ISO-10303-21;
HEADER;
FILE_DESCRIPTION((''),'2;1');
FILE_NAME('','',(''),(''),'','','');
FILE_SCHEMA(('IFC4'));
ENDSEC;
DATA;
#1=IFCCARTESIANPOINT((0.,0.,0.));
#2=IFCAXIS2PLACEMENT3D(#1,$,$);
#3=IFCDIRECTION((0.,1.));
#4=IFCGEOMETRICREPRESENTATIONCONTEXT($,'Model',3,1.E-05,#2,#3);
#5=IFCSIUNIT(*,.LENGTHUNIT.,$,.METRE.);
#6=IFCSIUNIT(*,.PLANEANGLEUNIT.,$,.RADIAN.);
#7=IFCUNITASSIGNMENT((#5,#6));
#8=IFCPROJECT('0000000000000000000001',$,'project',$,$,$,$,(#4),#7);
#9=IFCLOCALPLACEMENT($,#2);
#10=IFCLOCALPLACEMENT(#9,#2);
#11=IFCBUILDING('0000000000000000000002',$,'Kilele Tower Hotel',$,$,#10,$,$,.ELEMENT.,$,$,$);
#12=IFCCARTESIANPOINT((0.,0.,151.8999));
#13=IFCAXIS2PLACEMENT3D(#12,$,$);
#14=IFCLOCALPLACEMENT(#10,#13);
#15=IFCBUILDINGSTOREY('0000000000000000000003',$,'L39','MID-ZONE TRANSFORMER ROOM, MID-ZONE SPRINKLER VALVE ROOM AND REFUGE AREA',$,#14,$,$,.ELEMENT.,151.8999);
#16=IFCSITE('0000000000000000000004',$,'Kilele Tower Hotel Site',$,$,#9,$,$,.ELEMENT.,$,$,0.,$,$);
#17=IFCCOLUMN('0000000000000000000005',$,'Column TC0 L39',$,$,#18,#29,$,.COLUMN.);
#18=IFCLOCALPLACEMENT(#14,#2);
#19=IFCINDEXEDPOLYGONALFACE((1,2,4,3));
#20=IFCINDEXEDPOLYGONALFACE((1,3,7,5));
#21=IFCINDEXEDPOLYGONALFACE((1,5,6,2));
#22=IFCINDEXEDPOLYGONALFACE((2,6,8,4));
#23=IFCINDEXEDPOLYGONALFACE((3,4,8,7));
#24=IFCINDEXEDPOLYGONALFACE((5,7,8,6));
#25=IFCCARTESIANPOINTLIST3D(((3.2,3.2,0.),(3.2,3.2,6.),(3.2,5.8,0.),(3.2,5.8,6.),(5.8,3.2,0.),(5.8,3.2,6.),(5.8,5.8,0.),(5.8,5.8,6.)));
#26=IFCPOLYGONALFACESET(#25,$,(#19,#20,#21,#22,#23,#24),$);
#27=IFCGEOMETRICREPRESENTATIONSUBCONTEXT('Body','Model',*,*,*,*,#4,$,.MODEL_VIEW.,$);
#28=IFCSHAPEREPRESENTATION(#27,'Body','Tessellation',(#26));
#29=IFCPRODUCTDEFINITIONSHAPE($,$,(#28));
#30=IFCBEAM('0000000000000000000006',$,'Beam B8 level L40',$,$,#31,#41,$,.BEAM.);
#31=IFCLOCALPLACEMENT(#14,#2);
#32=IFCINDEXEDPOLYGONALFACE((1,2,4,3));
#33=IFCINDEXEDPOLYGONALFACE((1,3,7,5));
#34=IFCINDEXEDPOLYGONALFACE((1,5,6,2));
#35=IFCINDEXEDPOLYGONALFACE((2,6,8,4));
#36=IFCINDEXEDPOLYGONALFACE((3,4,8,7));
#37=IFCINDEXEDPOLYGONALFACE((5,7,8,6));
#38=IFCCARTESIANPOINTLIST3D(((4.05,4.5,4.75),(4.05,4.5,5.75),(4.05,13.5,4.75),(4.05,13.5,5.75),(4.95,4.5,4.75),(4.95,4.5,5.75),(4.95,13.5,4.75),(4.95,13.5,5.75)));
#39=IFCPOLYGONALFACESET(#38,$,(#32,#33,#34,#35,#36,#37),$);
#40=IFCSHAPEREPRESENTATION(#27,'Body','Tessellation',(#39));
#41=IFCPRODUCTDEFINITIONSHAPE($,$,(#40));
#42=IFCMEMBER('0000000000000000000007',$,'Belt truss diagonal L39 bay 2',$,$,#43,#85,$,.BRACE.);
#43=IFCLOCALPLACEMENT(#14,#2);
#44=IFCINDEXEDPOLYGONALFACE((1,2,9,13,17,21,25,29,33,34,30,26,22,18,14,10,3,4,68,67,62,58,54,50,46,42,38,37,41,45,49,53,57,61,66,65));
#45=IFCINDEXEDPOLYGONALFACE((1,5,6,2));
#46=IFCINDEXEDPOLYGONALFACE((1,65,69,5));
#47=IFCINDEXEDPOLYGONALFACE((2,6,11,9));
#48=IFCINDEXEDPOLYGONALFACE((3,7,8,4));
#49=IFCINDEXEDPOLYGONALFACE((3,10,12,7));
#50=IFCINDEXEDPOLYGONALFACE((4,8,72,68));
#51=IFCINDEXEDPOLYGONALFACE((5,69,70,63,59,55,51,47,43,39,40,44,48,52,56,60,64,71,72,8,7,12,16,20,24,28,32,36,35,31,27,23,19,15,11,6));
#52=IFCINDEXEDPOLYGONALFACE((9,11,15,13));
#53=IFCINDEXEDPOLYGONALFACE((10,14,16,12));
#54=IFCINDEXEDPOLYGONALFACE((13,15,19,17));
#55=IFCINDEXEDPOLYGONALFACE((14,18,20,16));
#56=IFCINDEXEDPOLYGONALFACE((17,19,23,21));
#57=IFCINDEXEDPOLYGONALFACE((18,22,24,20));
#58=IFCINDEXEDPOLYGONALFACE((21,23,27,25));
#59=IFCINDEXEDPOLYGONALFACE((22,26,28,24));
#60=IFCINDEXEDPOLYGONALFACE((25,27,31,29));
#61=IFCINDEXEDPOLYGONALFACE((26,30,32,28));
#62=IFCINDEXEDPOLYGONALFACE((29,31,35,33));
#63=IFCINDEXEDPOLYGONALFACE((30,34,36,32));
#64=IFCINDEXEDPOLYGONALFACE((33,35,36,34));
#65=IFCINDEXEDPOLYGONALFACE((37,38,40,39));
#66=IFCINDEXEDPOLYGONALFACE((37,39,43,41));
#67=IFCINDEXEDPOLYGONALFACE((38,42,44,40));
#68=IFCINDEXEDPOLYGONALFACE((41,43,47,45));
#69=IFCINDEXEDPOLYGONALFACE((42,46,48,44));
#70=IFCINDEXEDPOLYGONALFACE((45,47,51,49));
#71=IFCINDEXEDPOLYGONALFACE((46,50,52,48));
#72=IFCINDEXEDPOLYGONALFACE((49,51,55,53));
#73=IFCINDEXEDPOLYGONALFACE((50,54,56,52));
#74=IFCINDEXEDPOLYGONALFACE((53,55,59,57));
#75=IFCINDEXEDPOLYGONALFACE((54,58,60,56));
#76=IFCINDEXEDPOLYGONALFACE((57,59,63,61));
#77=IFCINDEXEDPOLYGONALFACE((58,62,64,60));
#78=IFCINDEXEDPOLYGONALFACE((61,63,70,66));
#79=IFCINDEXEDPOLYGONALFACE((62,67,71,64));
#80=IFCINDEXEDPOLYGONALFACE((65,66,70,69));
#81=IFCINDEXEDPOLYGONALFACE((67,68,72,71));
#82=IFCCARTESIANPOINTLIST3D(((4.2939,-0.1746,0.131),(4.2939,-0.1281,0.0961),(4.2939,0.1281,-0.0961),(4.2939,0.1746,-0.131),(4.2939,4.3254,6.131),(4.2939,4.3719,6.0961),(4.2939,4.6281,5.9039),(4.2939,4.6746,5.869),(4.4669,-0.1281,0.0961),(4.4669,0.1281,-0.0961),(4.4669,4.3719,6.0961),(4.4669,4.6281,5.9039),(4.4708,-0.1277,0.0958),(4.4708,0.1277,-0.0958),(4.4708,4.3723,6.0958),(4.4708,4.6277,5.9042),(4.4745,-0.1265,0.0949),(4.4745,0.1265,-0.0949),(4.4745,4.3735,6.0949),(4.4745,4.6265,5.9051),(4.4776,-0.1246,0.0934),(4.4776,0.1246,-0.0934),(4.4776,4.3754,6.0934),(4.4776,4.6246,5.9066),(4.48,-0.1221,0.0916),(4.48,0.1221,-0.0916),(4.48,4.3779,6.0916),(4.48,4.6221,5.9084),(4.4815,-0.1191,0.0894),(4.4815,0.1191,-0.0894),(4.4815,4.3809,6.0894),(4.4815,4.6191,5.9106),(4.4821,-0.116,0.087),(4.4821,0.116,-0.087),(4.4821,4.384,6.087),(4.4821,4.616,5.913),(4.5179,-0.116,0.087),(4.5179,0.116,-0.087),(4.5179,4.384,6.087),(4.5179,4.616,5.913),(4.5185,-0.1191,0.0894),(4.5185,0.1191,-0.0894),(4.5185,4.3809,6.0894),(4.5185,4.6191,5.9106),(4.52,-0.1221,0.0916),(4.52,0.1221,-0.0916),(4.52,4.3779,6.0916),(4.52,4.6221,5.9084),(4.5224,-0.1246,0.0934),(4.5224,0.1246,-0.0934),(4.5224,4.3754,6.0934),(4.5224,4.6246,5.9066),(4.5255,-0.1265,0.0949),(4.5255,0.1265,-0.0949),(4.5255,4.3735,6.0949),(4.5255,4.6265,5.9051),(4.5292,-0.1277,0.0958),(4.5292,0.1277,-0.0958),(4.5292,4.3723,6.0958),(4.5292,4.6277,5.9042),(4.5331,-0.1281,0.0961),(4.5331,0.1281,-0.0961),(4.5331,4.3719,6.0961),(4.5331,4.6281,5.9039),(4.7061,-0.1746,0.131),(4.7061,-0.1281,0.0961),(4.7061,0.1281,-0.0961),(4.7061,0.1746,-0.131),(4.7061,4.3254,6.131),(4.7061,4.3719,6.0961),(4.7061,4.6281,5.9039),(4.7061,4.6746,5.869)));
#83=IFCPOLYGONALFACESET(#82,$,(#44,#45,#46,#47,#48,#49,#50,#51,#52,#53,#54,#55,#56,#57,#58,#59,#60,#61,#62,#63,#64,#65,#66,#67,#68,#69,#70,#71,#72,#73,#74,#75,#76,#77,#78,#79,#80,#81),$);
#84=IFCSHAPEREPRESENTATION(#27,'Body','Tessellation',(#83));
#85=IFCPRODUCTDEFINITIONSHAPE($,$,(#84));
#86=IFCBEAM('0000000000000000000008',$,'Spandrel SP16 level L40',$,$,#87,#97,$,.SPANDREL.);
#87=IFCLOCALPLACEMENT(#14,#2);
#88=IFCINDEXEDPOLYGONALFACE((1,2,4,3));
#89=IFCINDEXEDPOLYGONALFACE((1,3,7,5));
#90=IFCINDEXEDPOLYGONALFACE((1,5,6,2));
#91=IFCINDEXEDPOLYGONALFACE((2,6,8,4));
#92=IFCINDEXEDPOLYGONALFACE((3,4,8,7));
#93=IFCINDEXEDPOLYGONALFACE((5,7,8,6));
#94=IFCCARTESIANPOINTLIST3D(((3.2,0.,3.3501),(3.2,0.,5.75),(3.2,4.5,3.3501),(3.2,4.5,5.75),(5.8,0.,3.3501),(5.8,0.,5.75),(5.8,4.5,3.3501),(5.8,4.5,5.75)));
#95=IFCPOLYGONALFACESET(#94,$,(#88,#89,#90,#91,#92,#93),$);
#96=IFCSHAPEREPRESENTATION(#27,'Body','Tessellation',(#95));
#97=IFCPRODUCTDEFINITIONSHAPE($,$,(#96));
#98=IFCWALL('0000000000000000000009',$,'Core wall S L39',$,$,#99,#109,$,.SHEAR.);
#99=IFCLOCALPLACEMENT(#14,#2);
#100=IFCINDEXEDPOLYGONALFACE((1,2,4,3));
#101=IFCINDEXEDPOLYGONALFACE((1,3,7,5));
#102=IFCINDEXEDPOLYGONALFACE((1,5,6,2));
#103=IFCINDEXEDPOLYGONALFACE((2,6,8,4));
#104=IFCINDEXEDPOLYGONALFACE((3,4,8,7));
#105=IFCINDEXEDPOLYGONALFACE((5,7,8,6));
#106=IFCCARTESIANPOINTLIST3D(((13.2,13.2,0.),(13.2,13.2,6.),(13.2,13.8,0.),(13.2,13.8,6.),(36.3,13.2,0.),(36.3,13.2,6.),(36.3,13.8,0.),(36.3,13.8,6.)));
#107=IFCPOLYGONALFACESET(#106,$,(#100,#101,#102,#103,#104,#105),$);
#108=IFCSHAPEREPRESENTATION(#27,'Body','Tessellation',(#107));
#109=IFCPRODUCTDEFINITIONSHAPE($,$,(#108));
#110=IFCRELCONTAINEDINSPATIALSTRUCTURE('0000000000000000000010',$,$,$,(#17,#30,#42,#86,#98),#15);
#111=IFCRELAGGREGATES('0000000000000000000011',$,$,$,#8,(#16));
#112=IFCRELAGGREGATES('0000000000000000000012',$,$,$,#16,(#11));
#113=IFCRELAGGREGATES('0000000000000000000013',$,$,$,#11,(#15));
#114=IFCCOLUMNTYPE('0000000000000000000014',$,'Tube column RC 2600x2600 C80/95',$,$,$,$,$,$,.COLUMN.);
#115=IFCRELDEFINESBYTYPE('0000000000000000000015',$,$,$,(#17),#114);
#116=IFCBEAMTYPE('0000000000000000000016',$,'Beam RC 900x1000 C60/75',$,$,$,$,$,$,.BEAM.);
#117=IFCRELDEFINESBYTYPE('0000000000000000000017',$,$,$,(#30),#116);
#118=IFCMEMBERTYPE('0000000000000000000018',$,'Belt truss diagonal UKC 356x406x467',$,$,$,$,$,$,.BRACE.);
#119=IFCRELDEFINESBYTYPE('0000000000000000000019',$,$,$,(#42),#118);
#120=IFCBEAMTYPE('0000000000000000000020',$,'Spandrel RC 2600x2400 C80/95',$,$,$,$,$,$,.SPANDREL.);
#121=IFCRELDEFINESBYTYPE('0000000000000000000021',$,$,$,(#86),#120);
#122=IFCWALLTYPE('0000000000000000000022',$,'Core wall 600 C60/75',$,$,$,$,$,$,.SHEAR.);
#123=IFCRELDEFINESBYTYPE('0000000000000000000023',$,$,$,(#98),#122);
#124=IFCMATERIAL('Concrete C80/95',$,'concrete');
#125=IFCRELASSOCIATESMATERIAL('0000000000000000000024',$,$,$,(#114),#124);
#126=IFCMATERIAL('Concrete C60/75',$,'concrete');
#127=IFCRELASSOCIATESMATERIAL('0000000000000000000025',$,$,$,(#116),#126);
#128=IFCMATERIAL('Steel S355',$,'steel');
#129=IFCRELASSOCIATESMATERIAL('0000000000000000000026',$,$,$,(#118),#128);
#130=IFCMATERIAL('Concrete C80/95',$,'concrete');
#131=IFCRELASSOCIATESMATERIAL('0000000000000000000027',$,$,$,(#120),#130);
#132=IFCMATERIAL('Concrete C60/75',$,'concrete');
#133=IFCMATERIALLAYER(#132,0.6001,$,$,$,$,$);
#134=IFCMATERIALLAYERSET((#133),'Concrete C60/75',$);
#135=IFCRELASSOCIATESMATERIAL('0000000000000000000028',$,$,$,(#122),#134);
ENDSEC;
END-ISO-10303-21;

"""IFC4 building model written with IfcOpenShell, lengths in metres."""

from ifc_helpers import new_model, si_unit, direction, frame, frame_2d, origin, origin_2d, place, context, subcontext, project, spatial, rectangle, i_section, extrude, material, layer, layer_set, material_profile, profile_set, type_object, element, save


model = new_model("IFC4")

# Units and contexts
model_context = context("Model", 3, precision=1e-05, world=origin(), true_north=direction((0.0, 1.0)))
body_context = subcontext(model_context, "Body", "Model", "MODEL_VIEW")
ifc_project = project(units=[si_unit("LENGTHUNIT", "METRE"), si_unit("PLANEANGLEUNIT", "RADIAN")], contexts=[model_context])

# Site, building, storey
site_placement = place(None, origin())
site = spatial("IfcSite", under=ifc_project, at=site_placement, Name="Kilele Tower Hotel Site", CompositionType="ELEMENT", RefElevation=0.0)
building_placement = place(site_placement, origin())
building = spatial("IfcBuilding", under=site, at=building_placement, Name="Kilele Tower Hotel", CompositionType="ELEMENT")
storey_placement = place(building_placement, frame((0.0, 0.0, 151.8999)))
storey = spatial("IfcBuildingStorey", under=building, at=storey_placement, Name="L39", Description="MID-ZONE TRANSFORMER ROOM, MID-ZONE SPRINKLER VALVE ROOM AND REFUGE AREA", CompositionType="ELEMENT", Elevation=151.8999)

# Column
ifc_material_1 = material(Name="Concrete C80/95", Category="concrete")
ifc_material_profile_1 = material_profile(ifc_material_1, rectangle(XDim=2.6001, YDim=2.6001, at=origin_2d()))
ifc_profile_set_1 = profile_set([ifc_material_profile_1], Name="Concrete C80/95")
column_type = type_object("IfcColumnType", Name="Tube column RC 2600x2600 C80/95", PredefinedType="COLUMN", material=ifc_profile_set_1)
column_placement = place(storey_placement, frame((4.5, 4.5, 0.0), z_axis=(0.0, 0.0, 1.0), x_axis=(1.0, 0.0, 0.0)))
element("IfcColumn", 1, at=column_placement, inside=storey, type_object=column_type, Name="Column TC0 L39", PredefinedType="COLUMN", context=body_context, shape_type="SweptSolid", body=[
    extrude(rectangle(XDim=2.6001, YDim=2.6001, at=origin_2d()), origin(), (0.0, 0.0, 1.0), 6.0),
])

# Beam
ifc_material_2 = material(Name="Concrete C60/75", Category="concrete")
ifc_material_profile_2 = material_profile(ifc_material_2, rectangle(XDim=0.8999, YDim=1.0, at=origin_2d()))
ifc_profile_set_2 = profile_set([ifc_material_profile_2], Name="Concrete C60/75")
beam_type_1 = type_object("IfcBeamType", Name="Beam RC 900x1000 C60/75", PredefinedType="BEAM", material=ifc_profile_set_2)
beam_1_placement = place(storey_placement, frame((4.5, 4.5, 5.25), z_axis=(0.0, 1.0, 0.0), x_axis=(-1.0, 0.0, 0.0)))
element("IfcBeam", 2, at=beam_1_placement, inside=storey, type_object=beam_type_1, Name="Beam B8 level L40", PredefinedType="BEAM", context=body_context, shape_type="SweptSolid", body=[
    extrude(rectangle(XDim=0.8999, YDim=1.0, at=origin_2d()), origin(), (0.0, 0.0, 1.0), 9.0),
])

# Member
ifc_material_3 = material(Name="Steel S355", Category="steel")
ifc_material_profile_3 = material_profile(ifc_material_3, i_section(OverallWidth=0.4121, OverallDepth=0.4365, WebThickness=0.0359, FlangeThickness=0.0581, FilletRadius=0.0151, at=origin_2d()))
ifc_profile_set_3 = profile_set([ifc_material_profile_3], Name="Steel S355")
member_type = type_object("IfcMemberType", Name="Belt truss diagonal UKC 356x406x467", PredefinedType="BRACE", material=ifc_profile_set_3)
member_placement = place(storey_placement, frame((4.5, 4.5, 6.0), z_axis=(0.0, -0.6, -0.8), x_axis=(1.0, 0.0, 0.0)))
element("IfcMember", 3, at=member_placement, inside=storey, type_object=member_type, Name="Belt truss diagonal L39 bay 2", PredefinedType="BRACE", context=body_context, shape_type="SweptSolid", body=[
    extrude(i_section(OverallWidth=0.4121, OverallDepth=0.4365, WebThickness=0.0359, FlangeThickness=0.0581, FilletRadius=0.0151, at=origin_2d()), origin(), (0.0, 0.0, 1.0), 7.5),
])

# Beam
ifc_material_4 = material(Name="Concrete C80/95", Category="concrete")
ifc_material_profile_4 = material_profile(ifc_material_4, rectangle(XDim=2.6001, YDim=2.3999, at=origin_2d()))
ifc_profile_set_4 = profile_set([ifc_material_profile_4], Name="Concrete C80/95")
beam_type_2 = type_object("IfcBeamType", Name="Spandrel RC 2600x2400 C80/95", PredefinedType="SPANDREL", material=ifc_profile_set_4)
beam_2_placement = place(storey_placement, frame((4.5, 4.5, 4.55), z_axis=(0.0, -1.0, 0.0), x_axis=(1.0, 0.0, 0.0)))
element("IfcBeam", 4, at=beam_2_placement, inside=storey, type_object=beam_type_2, Name="Spandrel SP16 level L40", PredefinedType="SPANDREL", context=body_context, shape_type="SweptSolid", body=[
    extrude(rectangle(XDim=2.6001, YDim=2.3999, at=origin_2d()), origin(), (0.0, 0.0, 1.0), 4.5),
])

# Wall
ifc_material_5 = material(Name="Concrete C60/75", Category="concrete")
ifc_layer_1 = layer(ifc_material_5, 0.6001)
ifc_layer_set_1 = layer_set([ifc_layer_1], Name="Concrete C60/75")
wall_type_1 = type_object("IfcWallType", Name="Core wall 600 C60/75", PredefinedType="SHEAR", material=ifc_layer_set_1)
wall_1_placement = place(storey_placement, frame((13.2, 13.5, 0.0), z_axis=(0.0, 0.0, 1.0), x_axis=(1.0, 0.0, 0.0)))
element("IfcWall", 5, at=wall_1_placement, inside=storey, type_object=wall_type_1, Name="Core wall S L39", PredefinedType="SHEAR", context=body_context, shape_type="SweptSolid", body=[
    extrude(rectangle(XDim=23.1001, YDim=0.6001, at=frame_2d((11.55, 0.0))), origin(), (0.0, 0.0, 1.0), 6.0),
])

save(model, "model.ifc")
